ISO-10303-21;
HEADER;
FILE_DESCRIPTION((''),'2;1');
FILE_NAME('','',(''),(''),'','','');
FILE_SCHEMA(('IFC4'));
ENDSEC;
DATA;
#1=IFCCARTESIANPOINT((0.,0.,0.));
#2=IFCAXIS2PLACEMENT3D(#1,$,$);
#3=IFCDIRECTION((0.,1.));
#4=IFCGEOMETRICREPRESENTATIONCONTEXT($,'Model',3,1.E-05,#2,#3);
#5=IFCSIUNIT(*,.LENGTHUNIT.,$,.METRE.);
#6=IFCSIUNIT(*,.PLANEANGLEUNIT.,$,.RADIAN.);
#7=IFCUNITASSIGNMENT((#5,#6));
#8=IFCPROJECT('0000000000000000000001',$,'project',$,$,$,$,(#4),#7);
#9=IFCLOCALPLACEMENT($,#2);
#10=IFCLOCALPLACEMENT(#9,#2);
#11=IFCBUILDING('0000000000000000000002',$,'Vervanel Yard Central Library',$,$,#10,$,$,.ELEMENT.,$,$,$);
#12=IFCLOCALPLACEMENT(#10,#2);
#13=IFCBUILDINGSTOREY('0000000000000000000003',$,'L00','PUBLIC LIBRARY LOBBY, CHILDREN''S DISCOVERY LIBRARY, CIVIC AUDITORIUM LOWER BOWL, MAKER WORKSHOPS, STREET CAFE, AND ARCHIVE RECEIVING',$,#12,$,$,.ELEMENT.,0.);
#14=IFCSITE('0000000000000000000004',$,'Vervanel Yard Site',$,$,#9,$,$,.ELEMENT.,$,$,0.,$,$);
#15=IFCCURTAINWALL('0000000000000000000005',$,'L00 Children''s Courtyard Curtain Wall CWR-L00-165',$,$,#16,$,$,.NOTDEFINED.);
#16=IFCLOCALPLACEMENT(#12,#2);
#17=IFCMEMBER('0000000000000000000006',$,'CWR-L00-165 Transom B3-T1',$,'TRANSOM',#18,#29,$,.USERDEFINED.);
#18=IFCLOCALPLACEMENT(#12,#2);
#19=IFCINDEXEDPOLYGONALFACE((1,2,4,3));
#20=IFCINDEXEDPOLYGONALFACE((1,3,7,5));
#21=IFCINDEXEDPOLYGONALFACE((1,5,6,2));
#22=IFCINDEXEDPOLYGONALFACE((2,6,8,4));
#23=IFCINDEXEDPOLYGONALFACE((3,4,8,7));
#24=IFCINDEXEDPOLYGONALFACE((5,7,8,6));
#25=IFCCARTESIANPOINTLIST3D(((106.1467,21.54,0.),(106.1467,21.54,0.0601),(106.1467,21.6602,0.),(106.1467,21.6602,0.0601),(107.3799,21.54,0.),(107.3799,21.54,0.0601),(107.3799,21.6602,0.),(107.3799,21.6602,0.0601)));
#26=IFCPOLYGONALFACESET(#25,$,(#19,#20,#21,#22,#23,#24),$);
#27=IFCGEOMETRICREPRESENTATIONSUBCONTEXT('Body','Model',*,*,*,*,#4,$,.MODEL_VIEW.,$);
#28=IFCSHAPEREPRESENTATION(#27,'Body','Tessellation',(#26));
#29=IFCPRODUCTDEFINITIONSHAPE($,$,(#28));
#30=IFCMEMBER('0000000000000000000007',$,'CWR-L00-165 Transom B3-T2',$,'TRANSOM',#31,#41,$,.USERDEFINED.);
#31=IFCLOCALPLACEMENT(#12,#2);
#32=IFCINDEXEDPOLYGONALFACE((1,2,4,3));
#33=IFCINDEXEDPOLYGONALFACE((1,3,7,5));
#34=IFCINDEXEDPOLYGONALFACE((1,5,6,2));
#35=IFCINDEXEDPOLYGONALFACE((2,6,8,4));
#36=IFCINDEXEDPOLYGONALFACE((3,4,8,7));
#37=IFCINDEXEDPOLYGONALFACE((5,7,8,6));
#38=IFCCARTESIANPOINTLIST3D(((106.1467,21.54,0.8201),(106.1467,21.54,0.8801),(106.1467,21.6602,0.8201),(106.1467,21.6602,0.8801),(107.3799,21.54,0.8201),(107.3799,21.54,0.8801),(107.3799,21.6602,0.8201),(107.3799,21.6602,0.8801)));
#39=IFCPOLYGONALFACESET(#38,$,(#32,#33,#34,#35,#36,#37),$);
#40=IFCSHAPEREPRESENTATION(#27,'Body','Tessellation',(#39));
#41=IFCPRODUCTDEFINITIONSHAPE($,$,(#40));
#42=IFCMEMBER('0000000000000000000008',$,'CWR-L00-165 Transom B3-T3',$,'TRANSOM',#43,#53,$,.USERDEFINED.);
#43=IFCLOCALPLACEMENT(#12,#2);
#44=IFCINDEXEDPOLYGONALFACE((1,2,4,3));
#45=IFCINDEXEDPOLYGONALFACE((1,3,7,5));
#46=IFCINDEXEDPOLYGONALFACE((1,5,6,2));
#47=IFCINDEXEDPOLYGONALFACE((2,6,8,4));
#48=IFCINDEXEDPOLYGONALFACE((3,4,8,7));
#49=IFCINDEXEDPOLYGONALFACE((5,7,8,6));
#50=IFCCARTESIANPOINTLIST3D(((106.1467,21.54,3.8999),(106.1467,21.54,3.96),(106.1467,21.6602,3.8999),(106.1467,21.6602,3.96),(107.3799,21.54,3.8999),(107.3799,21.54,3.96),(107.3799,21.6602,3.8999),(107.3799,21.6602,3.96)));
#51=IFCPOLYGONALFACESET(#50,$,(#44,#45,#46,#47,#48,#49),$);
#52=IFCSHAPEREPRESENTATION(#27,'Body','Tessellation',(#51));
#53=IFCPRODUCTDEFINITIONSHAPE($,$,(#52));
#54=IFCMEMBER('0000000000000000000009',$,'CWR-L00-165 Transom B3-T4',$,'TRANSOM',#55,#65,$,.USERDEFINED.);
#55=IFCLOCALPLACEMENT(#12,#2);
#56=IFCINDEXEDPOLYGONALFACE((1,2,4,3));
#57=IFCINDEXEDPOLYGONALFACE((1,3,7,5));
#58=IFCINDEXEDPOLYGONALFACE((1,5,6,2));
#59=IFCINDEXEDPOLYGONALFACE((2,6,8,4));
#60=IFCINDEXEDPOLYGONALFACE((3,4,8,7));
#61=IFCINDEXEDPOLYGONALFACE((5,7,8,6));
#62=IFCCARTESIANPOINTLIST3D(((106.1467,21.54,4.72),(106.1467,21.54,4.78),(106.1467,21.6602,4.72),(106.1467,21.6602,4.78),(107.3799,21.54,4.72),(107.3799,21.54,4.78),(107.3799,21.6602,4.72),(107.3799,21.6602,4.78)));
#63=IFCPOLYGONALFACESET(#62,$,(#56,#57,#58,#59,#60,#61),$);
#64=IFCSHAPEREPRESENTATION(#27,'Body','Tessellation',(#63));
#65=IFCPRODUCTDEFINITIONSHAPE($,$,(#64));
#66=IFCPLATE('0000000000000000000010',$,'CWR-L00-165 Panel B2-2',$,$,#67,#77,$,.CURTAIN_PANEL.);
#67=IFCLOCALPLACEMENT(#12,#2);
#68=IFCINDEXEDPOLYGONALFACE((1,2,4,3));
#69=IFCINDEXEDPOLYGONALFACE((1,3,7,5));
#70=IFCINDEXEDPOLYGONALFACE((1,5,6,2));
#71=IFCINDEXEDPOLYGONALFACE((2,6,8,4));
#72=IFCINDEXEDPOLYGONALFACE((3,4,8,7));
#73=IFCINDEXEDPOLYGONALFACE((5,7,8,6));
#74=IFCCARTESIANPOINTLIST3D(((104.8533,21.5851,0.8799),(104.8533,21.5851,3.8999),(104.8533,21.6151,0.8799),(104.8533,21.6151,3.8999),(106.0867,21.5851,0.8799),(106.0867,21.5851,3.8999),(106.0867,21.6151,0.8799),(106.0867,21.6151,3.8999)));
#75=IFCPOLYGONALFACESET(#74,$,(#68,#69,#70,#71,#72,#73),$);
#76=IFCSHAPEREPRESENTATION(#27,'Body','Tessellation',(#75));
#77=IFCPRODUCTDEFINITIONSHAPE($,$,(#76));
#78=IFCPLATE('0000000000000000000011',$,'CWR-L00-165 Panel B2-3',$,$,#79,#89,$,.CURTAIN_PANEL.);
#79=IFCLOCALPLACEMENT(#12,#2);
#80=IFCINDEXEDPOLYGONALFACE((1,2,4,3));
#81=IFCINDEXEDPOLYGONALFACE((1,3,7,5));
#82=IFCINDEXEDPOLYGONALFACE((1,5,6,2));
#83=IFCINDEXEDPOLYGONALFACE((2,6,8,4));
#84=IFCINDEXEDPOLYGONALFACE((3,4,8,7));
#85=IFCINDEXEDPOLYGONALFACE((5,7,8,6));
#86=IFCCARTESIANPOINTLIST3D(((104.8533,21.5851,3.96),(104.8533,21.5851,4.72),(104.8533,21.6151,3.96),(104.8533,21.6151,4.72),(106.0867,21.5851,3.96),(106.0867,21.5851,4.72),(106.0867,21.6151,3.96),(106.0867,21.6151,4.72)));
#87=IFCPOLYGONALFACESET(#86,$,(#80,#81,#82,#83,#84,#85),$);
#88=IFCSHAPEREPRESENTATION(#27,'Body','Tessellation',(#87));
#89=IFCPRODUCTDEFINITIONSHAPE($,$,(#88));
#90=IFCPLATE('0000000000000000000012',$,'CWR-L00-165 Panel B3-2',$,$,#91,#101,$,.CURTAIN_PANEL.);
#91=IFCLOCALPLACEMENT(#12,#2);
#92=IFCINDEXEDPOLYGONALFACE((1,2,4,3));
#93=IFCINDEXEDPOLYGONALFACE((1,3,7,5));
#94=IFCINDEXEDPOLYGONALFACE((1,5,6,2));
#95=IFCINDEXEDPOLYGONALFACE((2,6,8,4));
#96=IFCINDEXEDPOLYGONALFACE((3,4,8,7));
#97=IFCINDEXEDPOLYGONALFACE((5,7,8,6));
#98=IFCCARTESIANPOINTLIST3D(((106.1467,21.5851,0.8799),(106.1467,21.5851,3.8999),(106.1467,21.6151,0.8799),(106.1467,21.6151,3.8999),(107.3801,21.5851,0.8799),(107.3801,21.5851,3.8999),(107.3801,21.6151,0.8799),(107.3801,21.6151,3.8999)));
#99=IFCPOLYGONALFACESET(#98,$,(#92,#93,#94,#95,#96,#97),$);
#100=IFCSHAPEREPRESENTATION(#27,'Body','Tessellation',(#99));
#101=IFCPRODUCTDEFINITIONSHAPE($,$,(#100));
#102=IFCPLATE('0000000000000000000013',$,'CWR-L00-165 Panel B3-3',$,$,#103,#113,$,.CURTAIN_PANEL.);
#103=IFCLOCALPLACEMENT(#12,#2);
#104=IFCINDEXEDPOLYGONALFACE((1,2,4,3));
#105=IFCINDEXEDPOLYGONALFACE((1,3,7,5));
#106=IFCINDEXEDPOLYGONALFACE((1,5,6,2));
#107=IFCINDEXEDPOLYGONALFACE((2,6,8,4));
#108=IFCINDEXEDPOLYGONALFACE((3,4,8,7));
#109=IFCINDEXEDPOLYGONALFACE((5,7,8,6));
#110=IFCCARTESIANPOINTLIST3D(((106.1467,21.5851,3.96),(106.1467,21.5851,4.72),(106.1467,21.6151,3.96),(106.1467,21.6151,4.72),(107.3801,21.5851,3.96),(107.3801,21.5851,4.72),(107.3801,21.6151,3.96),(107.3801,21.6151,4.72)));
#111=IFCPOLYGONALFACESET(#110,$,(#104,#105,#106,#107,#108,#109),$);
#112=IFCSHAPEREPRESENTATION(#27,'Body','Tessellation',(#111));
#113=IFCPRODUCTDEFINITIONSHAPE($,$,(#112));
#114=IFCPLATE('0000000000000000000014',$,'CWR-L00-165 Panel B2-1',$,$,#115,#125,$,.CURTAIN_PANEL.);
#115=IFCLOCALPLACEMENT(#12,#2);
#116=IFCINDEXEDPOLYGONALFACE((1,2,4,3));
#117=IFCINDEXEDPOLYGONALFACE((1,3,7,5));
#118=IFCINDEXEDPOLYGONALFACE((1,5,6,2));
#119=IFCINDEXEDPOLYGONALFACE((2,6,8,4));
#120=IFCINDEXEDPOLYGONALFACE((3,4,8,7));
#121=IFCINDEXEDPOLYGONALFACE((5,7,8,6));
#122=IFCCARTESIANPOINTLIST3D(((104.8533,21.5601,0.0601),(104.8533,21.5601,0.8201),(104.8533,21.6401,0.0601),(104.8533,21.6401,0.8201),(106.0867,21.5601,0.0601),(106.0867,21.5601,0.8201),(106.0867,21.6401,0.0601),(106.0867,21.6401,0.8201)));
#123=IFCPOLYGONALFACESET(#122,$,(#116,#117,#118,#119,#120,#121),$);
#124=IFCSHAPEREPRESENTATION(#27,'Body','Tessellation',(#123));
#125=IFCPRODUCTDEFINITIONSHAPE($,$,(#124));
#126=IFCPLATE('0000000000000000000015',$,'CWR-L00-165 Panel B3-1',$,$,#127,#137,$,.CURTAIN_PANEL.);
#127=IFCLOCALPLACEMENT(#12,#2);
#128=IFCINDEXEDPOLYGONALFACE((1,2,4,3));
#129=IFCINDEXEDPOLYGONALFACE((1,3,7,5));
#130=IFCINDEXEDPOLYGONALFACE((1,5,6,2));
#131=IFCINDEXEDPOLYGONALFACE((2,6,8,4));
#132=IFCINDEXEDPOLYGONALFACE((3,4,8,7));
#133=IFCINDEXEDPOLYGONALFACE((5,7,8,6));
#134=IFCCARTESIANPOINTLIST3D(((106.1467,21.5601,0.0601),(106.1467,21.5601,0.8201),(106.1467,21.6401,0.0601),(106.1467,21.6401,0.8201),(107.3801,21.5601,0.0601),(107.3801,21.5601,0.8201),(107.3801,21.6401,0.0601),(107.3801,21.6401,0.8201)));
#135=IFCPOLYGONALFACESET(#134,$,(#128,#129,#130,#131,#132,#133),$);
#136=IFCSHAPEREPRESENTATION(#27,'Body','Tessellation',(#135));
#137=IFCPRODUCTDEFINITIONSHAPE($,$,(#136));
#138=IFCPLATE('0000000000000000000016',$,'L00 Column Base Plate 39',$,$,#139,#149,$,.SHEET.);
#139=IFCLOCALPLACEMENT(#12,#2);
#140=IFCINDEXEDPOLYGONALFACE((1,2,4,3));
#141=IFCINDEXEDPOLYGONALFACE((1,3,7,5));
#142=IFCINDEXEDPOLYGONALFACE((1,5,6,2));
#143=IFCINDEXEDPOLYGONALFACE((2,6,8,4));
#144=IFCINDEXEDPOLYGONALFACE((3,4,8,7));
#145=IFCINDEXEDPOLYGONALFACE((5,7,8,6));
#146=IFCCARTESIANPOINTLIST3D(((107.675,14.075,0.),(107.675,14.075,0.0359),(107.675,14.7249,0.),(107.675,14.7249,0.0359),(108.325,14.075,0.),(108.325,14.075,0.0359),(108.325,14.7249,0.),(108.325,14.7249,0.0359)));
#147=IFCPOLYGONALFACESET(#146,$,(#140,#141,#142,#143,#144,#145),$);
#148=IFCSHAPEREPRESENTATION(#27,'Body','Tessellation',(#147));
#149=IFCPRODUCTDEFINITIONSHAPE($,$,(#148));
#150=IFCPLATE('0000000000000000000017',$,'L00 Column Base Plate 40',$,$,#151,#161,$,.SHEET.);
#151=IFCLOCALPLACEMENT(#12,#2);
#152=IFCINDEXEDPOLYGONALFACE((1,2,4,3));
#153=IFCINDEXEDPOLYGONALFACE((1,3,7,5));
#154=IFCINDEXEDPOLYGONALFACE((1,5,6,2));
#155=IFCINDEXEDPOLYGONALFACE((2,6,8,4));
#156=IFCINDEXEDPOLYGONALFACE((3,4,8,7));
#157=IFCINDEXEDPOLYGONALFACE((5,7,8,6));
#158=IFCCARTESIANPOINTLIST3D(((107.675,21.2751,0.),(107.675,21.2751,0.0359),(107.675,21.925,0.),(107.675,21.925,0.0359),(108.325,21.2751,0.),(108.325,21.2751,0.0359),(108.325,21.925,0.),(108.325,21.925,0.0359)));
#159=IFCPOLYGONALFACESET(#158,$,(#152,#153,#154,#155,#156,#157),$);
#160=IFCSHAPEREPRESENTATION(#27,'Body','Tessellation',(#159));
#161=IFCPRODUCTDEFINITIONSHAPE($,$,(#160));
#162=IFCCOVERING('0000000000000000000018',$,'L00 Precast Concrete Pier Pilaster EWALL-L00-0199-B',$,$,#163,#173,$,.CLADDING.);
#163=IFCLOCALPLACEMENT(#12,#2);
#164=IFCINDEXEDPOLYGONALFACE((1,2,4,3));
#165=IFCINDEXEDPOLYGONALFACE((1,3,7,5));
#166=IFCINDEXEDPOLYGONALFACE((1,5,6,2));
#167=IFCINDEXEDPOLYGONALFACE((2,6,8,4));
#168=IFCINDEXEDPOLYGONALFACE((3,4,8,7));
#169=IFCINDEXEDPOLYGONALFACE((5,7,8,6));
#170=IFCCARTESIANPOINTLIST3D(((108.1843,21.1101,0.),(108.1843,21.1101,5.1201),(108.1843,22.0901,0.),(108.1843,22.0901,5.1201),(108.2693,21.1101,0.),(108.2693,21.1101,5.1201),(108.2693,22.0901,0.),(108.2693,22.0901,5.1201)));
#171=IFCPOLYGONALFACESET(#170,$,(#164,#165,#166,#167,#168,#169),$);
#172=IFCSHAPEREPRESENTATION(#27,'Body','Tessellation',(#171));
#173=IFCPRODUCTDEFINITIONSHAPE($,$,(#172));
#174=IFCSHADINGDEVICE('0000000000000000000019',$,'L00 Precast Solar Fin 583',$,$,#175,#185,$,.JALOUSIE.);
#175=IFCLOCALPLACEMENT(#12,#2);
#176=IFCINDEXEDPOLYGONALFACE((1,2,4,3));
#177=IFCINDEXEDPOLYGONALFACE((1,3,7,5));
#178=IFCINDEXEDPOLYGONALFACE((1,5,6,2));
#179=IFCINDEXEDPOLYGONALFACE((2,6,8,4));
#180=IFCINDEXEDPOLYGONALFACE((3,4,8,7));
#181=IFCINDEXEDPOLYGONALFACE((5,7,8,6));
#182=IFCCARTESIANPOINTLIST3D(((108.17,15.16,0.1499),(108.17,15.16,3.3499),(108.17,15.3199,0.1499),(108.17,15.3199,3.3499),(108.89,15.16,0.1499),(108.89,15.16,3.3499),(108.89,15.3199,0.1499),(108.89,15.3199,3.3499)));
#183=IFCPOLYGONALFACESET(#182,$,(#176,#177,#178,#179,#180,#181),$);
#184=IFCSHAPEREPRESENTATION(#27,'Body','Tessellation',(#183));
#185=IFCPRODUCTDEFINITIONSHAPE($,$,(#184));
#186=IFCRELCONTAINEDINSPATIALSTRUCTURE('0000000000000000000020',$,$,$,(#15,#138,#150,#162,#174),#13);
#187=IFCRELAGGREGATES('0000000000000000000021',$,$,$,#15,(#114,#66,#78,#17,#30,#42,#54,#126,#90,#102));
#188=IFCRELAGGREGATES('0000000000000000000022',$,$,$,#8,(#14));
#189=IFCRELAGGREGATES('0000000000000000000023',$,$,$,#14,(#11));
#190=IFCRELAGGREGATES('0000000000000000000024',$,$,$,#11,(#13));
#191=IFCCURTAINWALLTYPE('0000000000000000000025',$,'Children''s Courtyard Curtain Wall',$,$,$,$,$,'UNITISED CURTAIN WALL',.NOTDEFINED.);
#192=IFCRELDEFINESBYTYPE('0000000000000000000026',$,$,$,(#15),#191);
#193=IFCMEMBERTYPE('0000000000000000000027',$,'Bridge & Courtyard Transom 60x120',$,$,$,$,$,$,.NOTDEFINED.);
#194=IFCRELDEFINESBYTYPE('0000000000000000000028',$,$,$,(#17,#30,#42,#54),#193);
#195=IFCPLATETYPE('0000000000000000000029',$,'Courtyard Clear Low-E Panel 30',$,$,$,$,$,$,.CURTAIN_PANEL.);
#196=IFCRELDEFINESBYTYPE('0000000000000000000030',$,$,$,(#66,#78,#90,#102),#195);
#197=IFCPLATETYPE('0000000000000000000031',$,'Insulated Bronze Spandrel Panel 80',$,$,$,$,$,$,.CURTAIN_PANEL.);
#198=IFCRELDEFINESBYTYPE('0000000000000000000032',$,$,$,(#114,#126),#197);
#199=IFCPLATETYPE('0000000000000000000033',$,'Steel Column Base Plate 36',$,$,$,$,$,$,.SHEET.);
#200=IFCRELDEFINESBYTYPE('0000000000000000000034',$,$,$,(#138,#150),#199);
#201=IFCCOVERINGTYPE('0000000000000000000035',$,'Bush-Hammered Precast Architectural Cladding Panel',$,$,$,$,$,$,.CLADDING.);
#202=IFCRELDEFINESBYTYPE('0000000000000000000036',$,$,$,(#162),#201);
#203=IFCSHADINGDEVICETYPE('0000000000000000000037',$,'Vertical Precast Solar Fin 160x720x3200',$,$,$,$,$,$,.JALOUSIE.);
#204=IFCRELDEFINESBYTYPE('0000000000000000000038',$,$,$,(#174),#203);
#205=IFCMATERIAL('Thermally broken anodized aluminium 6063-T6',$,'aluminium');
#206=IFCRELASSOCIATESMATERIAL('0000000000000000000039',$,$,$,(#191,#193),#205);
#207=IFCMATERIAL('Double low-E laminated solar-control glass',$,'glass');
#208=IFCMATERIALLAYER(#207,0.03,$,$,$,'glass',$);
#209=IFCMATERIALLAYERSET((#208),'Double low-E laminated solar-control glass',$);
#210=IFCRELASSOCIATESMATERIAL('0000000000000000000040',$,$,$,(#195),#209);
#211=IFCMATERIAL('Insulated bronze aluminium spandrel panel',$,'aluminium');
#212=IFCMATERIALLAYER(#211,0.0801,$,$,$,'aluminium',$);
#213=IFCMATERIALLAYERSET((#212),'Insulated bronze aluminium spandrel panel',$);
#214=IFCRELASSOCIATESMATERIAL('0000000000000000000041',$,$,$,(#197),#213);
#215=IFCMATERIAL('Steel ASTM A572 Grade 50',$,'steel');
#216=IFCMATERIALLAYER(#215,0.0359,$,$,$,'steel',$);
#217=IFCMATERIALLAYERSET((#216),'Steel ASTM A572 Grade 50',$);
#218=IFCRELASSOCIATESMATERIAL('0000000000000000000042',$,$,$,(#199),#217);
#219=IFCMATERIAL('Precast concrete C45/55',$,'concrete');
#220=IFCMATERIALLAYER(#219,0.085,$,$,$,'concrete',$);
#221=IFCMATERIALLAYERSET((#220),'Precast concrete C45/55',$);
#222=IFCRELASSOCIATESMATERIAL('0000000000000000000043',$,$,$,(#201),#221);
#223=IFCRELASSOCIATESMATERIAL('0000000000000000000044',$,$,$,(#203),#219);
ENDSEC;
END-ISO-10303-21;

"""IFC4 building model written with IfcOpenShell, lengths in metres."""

from ifc_helpers import new_model, si_unit, direction, frame, origin, origin_2d, place, context, subcontext, project, spatial, rectangle, extrude, material, layer, layer_set, material_profile, profile_set, type_object, element, aggregate, save


model = new_model("IFC4")

# Units and contexts
model_context = context("Model", 3, precision=1e-05, world=origin(), true_north=direction((0.0, 1.0)))
body_context = subcontext(model_context, "Body", "Model", "MODEL_VIEW")
ifc_project = project(units=[si_unit("LENGTHUNIT", "METRE"), si_unit("PLANEANGLEUNIT", "RADIAN")], contexts=[model_context])

# Site, building, storey
site_placement = place(None, origin())
site = spatial("IfcSite", under=ifc_project, at=site_placement, Name="Vervanel Yard Site", CompositionType="ELEMENT", RefElevation=0.0)
building_placement = place(site_placement, origin())
building = spatial("IfcBuilding", under=site, at=building_placement, Name="Vervanel Yard Central Library", CompositionType="ELEMENT")
storey_placement = place(building_placement, origin())
storey = spatial("IfcBuildingStorey", under=building, at=storey_placement, Name="L00", Description="PUBLIC LIBRARY LOBBY, CHILDREN'S DISCOVERY LIBRARY, CIVIC AUDITORIUM LOWER BOWL, MAKER WORKSHOPS, STREET CAFE, AND ARCHIVE RECEIVING", CompositionType="ELEMENT", Elevation=0.0)

# Curtain wall, members, plates
ifc_material_1 = material(Name="Thermally broken anodized aluminium 6063-T6", Category="aluminium")
curtain_wall_type = type_object("IfcCurtainWallType", Name="Children's Courtyard Curtain Wall", ElementType="UNITISED CURTAIN WALL", PredefinedType="NOTDEFINED", material=ifc_material_1)
curtain_wall_placement = place(storey_placement, origin())
curtain_wall = element("IfcCurtainWall", 1, at=curtain_wall_placement, inside=storey, type_object=curtain_wall_type, Name="L00 Children's Courtyard Curtain Wall CWR-L00-165", PredefinedType="NOTDEFINED")
ifc_material_profile_1 = material_profile(ifc_material_1, rectangle(XDim=0.0601, YDim=0.1201, at=origin_2d()), Name="ALU 60x120", Category="aluminium")
ifc_profile_set_1 = profile_set([ifc_material_profile_1], Name="Thermally broken anodized aluminium 6063-T6")
member_type_1 = type_object("IfcMemberType", Name="Bridge & Courtyard Transom 60x120", PredefinedType="NOTDEFINED", material=ifc_profile_set_1)
member_1_placement = place(storey_placement, frame((106.1467, 21.6001, 0.03), z_axis=(1.0, 0.0, 0.0), x_axis=(0.0, 0.0, 1.0)))
member_1 = element("IfcMember", 2, at=member_1_placement, type_object=member_type_1, Name="CWR-L00-165 Transom B3-T1", ObjectType="TRANSOM", PredefinedType="USERDEFINED", context=body_context, shape_type="SweptSolid", body=[
    extrude(rectangle(XDim=0.0601, YDim=0.1201, at=origin_2d()), origin(), (0.0, 0.0, 1.0), 1.2332),
])
member_2_placement = place(storey_placement, frame((106.1467, 21.6001, 0.8501), z_axis=(1.0, 0.0, 0.0), x_axis=(0.0, 0.0, 1.0)))
member_2 = element("IfcMember", 3, at=member_2_placement, type_object=member_type_1, Name="CWR-L00-165 Transom B3-T2", ObjectType="TRANSOM", PredefinedType="USERDEFINED", context=body_context, shape_type="SweptSolid", body=[
    extrude(rectangle(XDim=0.0601, YDim=0.1201, at=origin_2d()), origin(), (0.0, 0.0, 1.0), 1.2332),
])
member_3_placement = place(storey_placement, frame((106.1467, 21.6001, 3.9299), z_axis=(1.0, 0.0, 0.0), x_axis=(0.0, 0.0, 1.0)))
member_3 = element("IfcMember", 4, at=member_3_placement, type_object=member_type_1, Name="CWR-L00-165 Transom B3-T3", ObjectType="TRANSOM", PredefinedType="USERDEFINED", context=body_context, shape_type="SweptSolid", body=[
    extrude(rectangle(XDim=0.0601, YDim=0.1201, at=origin_2d()), origin(), (0.0, 0.0, 1.0), 1.2332),
])
member_4_placement = place(storey_placement, frame((106.1467, 21.6001, 4.75), z_axis=(1.0, 0.0, 0.0), x_axis=(0.0, 0.0, 1.0)))
member_4 = element("IfcMember", 5, at=member_4_placement, type_object=member_type_1, Name="CWR-L00-165 Transom B3-T4", ObjectType="TRANSOM", PredefinedType="USERDEFINED", context=body_context, shape_type="SweptSolid", body=[
    extrude(rectangle(XDim=0.0601, YDim=0.1201, at=origin_2d()), origin(), (0.0, 0.0, 1.0), 1.2332),
])
ifc_material_2 = material(Name="Double low-E laminated solar-control glass", Category="glass")
ifc_layer_1 = layer(ifc_material_2, 0.03, Category="glass")
ifc_layer_set_1 = layer_set([ifc_layer_1], Name="Double low-E laminated solar-control glass")
plate_type_1 = type_object("IfcPlateType", Name="Courtyard Clear Low-E Panel 30", PredefinedType="CURTAIN_PANEL", material=ifc_layer_set_1)
plate_1_placement = place(storey_placement, frame((105.47, 21.6001, 0.8799), z_axis=(0.0, 0.0, 1.0), x_axis=(1.0, 0.0, 0.0)))
plate_1 = element("IfcPlate", 6, at=plate_1_placement, type_object=plate_type_1, Name="CWR-L00-165 Panel B2-2", PredefinedType="CURTAIN_PANEL", context=body_context, shape_type="SweptSolid", body=[
    extrude(rectangle(XDim=1.2334, YDim=0.03, at=origin_2d()), origin(), (0.0, 0.0, 1.0), 3.02),
])
plate_2_placement = place(storey_placement, frame((105.47, 21.6001, 3.96), z_axis=(0.0, 0.0, 1.0), x_axis=(1.0, 0.0, 0.0)))
plate_2 = element("IfcPlate", 7, at=plate_2_placement, type_object=plate_type_1, Name="CWR-L00-165 Panel B2-3", PredefinedType="CURTAIN_PANEL", context=body_context, shape_type="SweptSolid", body=[
    extrude(rectangle(XDim=1.2334, YDim=0.03, at=origin_2d()), origin(), (0.0, 0.0, 1.0), 0.76),
])
plate_3_placement = place(storey_placement, frame((106.7634, 21.6001, 0.8799), z_axis=(0.0, 0.0, 1.0), x_axis=(1.0, 0.0, 0.0)))
plate_3 = element("IfcPlate", 8, at=plate_3_placement, type_object=plate_type_1, Name="CWR-L00-165 Panel B3-2", PredefinedType="CURTAIN_PANEL", context=body_context, shape_type="SweptSolid", body=[
    extrude(rectangle(XDim=1.2334, YDim=0.03, at=origin_2d()), origin(), (0.0, 0.0, 1.0), 3.02),
])
plate_4_placement = place(storey_placement, frame((106.7634, 21.6001, 3.96), z_axis=(0.0, 0.0, 1.0), x_axis=(1.0, 0.0, 0.0)))
plate_4 = element("IfcPlate", 9, at=plate_4_placement, type_object=plate_type_1, Name="CWR-L00-165 Panel B3-3", PredefinedType="CURTAIN_PANEL", context=body_context, shape_type="SweptSolid", body=[
    extrude(rectangle(XDim=1.2334, YDim=0.03, at=origin_2d()), origin(), (0.0, 0.0, 1.0), 0.76),
])
ifc_material_3 = material(Name="Insulated bronze aluminium spandrel panel", Category="aluminium")
ifc_layer_2 = layer(ifc_material_3, 0.0801, Category="aluminium")
ifc_layer_set_2 = layer_set([ifc_layer_2], Name="Insulated bronze aluminium spandrel panel")
plate_type_2 = type_object("IfcPlateType", Name="Insulated Bronze Spandrel Panel 80", PredefinedType="CURTAIN_PANEL", material=ifc_layer_set_2)
plate_5_placement = place(storey_placement, frame((105.47, 21.6001, 0.0601), z_axis=(0.0, 0.0, 1.0), x_axis=(1.0, 0.0, 0.0)))
plate_5 = element("IfcPlate", 10, at=plate_5_placement, type_object=plate_type_2, Name="CWR-L00-165 Panel B2-1", PredefinedType="CURTAIN_PANEL", context=body_context, shape_type="SweptSolid", body=[
    extrude(rectangle(XDim=1.2334, YDim=0.0801, at=origin_2d()), origin(), (0.0, 0.0, 1.0), 0.76),
])
plate_6_placement = place(storey_placement, frame((106.7634, 21.6001, 0.0601), z_axis=(0.0, 0.0, 1.0), x_axis=(1.0, 0.0, 0.0)))
plate_6 = element("IfcPlate", 11, at=plate_6_placement, type_object=plate_type_2, Name="CWR-L00-165 Panel B3-1", PredefinedType="CURTAIN_PANEL", context=body_context, shape_type="SweptSolid", body=[
    extrude(rectangle(XDim=1.2334, YDim=0.0801, at=origin_2d()), origin(), (0.0, 0.0, 1.0), 0.76),
])
aggregate(curtain_wall, [plate_5, plate_1, plate_2, member_1, member_2, member_3, member_4, plate_6, plate_3, plate_4])

# Plates
ifc_material_4 = material(Name="Steel ASTM A572 Grade 50", Category="steel")
ifc_layer_3 = layer(ifc_material_4, 0.0359, Category="steel")
ifc_layer_set_3 = layer_set([ifc_layer_3], Name="Steel ASTM A572 Grade 50")
plate_type_3 = type_object("IfcPlateType", Name="Steel Column Base Plate 36", PredefinedType="SHEET", material=ifc_layer_set_3)
for number, where, z_axis, x_axis, name in (
    (12, (108.0, 14.3999, 0.0), (0.0, 0.0, 1.0), (1.0, 0.0, 0.0), "L00 Column Base Plate 39"),
    (13, (108.0, 21.6001, 0.0), (0.0, 0.0, 1.0), (1.0, 0.0, 0.0), "L00 Column Base Plate 40"),
):
    element("IfcPlate", number, at=place(storey_placement, frame(where, z_axis=z_axis, x_axis=x_axis)), inside=storey, type_object=plate_type_3, Name=name, PredefinedType="SHEET", context=body_context, shape_type="SweptSolid", body=[
        extrude(rectangle(XDim=0.6499, YDim=0.6499, at=origin_2d()), origin(), (0.0, 0.0, 1.0), 0.0359),
    ])

# Covering
ifc_material_5 = material(Name="Precast concrete C45/55", Category="concrete")
ifc_layer_4 = layer(ifc_material_5, 0.085, Category="concrete")
ifc_layer_set_4 = layer_set([ifc_layer_4], Name="Precast concrete C45/55")
covering_type = type_object("IfcCoveringType", Name="Bush-Hammered Precast Architectural Cladding Panel", PredefinedType="CLADDING", material=ifc_layer_set_4)
covering_placement = place(storey_placement, frame((108.2268, 21.6001, 0.0), z_axis=(0.0, 0.0, 1.0), x_axis=(0.0, 1.0, 0.0)))
element("IfcCovering", 14, at=covering_placement, inside=storey, type_object=covering_type, Name="L00 Precast Concrete Pier Pilaster EWALL-L00-0199-B", PredefinedType="CLADDING", context=body_context, shape_type="SweptSolid", body=[
    extrude(rectangle(XDim=0.98, YDim=0.085, at=origin_2d()), origin(), (0.0, 0.0, 1.0), 5.1201),
])

# Shading device
shading_device_type = type_object("IfcShadingDeviceType", Name="Vertical Precast Solar Fin 160x720x3200", PredefinedType="JALOUSIE", material=ifc_material_5)
for number, where, z_axis, x_axis, name in (
    (15, (108.53, 15.24, 0.1499), (0.0, 0.0, 1.0), (0.0, 1.0, 0.0), "L00 Precast Solar Fin 583"),
):
    element("IfcShadingDevice", number, at=place(storey_placement, frame(where, z_axis=z_axis, x_axis=x_axis)), inside=storey, type_object=shading_device_type, Name=name, PredefinedType="JALOUSIE", context=body_context, shape_type="SweptSolid", body=[
        extrude(rectangle(XDim=0.1599, YDim=0.72, at=origin_2d()), origin(), (0.0, 0.0, 1.0), 3.2),
    ])

save(model, "model.ifc")
